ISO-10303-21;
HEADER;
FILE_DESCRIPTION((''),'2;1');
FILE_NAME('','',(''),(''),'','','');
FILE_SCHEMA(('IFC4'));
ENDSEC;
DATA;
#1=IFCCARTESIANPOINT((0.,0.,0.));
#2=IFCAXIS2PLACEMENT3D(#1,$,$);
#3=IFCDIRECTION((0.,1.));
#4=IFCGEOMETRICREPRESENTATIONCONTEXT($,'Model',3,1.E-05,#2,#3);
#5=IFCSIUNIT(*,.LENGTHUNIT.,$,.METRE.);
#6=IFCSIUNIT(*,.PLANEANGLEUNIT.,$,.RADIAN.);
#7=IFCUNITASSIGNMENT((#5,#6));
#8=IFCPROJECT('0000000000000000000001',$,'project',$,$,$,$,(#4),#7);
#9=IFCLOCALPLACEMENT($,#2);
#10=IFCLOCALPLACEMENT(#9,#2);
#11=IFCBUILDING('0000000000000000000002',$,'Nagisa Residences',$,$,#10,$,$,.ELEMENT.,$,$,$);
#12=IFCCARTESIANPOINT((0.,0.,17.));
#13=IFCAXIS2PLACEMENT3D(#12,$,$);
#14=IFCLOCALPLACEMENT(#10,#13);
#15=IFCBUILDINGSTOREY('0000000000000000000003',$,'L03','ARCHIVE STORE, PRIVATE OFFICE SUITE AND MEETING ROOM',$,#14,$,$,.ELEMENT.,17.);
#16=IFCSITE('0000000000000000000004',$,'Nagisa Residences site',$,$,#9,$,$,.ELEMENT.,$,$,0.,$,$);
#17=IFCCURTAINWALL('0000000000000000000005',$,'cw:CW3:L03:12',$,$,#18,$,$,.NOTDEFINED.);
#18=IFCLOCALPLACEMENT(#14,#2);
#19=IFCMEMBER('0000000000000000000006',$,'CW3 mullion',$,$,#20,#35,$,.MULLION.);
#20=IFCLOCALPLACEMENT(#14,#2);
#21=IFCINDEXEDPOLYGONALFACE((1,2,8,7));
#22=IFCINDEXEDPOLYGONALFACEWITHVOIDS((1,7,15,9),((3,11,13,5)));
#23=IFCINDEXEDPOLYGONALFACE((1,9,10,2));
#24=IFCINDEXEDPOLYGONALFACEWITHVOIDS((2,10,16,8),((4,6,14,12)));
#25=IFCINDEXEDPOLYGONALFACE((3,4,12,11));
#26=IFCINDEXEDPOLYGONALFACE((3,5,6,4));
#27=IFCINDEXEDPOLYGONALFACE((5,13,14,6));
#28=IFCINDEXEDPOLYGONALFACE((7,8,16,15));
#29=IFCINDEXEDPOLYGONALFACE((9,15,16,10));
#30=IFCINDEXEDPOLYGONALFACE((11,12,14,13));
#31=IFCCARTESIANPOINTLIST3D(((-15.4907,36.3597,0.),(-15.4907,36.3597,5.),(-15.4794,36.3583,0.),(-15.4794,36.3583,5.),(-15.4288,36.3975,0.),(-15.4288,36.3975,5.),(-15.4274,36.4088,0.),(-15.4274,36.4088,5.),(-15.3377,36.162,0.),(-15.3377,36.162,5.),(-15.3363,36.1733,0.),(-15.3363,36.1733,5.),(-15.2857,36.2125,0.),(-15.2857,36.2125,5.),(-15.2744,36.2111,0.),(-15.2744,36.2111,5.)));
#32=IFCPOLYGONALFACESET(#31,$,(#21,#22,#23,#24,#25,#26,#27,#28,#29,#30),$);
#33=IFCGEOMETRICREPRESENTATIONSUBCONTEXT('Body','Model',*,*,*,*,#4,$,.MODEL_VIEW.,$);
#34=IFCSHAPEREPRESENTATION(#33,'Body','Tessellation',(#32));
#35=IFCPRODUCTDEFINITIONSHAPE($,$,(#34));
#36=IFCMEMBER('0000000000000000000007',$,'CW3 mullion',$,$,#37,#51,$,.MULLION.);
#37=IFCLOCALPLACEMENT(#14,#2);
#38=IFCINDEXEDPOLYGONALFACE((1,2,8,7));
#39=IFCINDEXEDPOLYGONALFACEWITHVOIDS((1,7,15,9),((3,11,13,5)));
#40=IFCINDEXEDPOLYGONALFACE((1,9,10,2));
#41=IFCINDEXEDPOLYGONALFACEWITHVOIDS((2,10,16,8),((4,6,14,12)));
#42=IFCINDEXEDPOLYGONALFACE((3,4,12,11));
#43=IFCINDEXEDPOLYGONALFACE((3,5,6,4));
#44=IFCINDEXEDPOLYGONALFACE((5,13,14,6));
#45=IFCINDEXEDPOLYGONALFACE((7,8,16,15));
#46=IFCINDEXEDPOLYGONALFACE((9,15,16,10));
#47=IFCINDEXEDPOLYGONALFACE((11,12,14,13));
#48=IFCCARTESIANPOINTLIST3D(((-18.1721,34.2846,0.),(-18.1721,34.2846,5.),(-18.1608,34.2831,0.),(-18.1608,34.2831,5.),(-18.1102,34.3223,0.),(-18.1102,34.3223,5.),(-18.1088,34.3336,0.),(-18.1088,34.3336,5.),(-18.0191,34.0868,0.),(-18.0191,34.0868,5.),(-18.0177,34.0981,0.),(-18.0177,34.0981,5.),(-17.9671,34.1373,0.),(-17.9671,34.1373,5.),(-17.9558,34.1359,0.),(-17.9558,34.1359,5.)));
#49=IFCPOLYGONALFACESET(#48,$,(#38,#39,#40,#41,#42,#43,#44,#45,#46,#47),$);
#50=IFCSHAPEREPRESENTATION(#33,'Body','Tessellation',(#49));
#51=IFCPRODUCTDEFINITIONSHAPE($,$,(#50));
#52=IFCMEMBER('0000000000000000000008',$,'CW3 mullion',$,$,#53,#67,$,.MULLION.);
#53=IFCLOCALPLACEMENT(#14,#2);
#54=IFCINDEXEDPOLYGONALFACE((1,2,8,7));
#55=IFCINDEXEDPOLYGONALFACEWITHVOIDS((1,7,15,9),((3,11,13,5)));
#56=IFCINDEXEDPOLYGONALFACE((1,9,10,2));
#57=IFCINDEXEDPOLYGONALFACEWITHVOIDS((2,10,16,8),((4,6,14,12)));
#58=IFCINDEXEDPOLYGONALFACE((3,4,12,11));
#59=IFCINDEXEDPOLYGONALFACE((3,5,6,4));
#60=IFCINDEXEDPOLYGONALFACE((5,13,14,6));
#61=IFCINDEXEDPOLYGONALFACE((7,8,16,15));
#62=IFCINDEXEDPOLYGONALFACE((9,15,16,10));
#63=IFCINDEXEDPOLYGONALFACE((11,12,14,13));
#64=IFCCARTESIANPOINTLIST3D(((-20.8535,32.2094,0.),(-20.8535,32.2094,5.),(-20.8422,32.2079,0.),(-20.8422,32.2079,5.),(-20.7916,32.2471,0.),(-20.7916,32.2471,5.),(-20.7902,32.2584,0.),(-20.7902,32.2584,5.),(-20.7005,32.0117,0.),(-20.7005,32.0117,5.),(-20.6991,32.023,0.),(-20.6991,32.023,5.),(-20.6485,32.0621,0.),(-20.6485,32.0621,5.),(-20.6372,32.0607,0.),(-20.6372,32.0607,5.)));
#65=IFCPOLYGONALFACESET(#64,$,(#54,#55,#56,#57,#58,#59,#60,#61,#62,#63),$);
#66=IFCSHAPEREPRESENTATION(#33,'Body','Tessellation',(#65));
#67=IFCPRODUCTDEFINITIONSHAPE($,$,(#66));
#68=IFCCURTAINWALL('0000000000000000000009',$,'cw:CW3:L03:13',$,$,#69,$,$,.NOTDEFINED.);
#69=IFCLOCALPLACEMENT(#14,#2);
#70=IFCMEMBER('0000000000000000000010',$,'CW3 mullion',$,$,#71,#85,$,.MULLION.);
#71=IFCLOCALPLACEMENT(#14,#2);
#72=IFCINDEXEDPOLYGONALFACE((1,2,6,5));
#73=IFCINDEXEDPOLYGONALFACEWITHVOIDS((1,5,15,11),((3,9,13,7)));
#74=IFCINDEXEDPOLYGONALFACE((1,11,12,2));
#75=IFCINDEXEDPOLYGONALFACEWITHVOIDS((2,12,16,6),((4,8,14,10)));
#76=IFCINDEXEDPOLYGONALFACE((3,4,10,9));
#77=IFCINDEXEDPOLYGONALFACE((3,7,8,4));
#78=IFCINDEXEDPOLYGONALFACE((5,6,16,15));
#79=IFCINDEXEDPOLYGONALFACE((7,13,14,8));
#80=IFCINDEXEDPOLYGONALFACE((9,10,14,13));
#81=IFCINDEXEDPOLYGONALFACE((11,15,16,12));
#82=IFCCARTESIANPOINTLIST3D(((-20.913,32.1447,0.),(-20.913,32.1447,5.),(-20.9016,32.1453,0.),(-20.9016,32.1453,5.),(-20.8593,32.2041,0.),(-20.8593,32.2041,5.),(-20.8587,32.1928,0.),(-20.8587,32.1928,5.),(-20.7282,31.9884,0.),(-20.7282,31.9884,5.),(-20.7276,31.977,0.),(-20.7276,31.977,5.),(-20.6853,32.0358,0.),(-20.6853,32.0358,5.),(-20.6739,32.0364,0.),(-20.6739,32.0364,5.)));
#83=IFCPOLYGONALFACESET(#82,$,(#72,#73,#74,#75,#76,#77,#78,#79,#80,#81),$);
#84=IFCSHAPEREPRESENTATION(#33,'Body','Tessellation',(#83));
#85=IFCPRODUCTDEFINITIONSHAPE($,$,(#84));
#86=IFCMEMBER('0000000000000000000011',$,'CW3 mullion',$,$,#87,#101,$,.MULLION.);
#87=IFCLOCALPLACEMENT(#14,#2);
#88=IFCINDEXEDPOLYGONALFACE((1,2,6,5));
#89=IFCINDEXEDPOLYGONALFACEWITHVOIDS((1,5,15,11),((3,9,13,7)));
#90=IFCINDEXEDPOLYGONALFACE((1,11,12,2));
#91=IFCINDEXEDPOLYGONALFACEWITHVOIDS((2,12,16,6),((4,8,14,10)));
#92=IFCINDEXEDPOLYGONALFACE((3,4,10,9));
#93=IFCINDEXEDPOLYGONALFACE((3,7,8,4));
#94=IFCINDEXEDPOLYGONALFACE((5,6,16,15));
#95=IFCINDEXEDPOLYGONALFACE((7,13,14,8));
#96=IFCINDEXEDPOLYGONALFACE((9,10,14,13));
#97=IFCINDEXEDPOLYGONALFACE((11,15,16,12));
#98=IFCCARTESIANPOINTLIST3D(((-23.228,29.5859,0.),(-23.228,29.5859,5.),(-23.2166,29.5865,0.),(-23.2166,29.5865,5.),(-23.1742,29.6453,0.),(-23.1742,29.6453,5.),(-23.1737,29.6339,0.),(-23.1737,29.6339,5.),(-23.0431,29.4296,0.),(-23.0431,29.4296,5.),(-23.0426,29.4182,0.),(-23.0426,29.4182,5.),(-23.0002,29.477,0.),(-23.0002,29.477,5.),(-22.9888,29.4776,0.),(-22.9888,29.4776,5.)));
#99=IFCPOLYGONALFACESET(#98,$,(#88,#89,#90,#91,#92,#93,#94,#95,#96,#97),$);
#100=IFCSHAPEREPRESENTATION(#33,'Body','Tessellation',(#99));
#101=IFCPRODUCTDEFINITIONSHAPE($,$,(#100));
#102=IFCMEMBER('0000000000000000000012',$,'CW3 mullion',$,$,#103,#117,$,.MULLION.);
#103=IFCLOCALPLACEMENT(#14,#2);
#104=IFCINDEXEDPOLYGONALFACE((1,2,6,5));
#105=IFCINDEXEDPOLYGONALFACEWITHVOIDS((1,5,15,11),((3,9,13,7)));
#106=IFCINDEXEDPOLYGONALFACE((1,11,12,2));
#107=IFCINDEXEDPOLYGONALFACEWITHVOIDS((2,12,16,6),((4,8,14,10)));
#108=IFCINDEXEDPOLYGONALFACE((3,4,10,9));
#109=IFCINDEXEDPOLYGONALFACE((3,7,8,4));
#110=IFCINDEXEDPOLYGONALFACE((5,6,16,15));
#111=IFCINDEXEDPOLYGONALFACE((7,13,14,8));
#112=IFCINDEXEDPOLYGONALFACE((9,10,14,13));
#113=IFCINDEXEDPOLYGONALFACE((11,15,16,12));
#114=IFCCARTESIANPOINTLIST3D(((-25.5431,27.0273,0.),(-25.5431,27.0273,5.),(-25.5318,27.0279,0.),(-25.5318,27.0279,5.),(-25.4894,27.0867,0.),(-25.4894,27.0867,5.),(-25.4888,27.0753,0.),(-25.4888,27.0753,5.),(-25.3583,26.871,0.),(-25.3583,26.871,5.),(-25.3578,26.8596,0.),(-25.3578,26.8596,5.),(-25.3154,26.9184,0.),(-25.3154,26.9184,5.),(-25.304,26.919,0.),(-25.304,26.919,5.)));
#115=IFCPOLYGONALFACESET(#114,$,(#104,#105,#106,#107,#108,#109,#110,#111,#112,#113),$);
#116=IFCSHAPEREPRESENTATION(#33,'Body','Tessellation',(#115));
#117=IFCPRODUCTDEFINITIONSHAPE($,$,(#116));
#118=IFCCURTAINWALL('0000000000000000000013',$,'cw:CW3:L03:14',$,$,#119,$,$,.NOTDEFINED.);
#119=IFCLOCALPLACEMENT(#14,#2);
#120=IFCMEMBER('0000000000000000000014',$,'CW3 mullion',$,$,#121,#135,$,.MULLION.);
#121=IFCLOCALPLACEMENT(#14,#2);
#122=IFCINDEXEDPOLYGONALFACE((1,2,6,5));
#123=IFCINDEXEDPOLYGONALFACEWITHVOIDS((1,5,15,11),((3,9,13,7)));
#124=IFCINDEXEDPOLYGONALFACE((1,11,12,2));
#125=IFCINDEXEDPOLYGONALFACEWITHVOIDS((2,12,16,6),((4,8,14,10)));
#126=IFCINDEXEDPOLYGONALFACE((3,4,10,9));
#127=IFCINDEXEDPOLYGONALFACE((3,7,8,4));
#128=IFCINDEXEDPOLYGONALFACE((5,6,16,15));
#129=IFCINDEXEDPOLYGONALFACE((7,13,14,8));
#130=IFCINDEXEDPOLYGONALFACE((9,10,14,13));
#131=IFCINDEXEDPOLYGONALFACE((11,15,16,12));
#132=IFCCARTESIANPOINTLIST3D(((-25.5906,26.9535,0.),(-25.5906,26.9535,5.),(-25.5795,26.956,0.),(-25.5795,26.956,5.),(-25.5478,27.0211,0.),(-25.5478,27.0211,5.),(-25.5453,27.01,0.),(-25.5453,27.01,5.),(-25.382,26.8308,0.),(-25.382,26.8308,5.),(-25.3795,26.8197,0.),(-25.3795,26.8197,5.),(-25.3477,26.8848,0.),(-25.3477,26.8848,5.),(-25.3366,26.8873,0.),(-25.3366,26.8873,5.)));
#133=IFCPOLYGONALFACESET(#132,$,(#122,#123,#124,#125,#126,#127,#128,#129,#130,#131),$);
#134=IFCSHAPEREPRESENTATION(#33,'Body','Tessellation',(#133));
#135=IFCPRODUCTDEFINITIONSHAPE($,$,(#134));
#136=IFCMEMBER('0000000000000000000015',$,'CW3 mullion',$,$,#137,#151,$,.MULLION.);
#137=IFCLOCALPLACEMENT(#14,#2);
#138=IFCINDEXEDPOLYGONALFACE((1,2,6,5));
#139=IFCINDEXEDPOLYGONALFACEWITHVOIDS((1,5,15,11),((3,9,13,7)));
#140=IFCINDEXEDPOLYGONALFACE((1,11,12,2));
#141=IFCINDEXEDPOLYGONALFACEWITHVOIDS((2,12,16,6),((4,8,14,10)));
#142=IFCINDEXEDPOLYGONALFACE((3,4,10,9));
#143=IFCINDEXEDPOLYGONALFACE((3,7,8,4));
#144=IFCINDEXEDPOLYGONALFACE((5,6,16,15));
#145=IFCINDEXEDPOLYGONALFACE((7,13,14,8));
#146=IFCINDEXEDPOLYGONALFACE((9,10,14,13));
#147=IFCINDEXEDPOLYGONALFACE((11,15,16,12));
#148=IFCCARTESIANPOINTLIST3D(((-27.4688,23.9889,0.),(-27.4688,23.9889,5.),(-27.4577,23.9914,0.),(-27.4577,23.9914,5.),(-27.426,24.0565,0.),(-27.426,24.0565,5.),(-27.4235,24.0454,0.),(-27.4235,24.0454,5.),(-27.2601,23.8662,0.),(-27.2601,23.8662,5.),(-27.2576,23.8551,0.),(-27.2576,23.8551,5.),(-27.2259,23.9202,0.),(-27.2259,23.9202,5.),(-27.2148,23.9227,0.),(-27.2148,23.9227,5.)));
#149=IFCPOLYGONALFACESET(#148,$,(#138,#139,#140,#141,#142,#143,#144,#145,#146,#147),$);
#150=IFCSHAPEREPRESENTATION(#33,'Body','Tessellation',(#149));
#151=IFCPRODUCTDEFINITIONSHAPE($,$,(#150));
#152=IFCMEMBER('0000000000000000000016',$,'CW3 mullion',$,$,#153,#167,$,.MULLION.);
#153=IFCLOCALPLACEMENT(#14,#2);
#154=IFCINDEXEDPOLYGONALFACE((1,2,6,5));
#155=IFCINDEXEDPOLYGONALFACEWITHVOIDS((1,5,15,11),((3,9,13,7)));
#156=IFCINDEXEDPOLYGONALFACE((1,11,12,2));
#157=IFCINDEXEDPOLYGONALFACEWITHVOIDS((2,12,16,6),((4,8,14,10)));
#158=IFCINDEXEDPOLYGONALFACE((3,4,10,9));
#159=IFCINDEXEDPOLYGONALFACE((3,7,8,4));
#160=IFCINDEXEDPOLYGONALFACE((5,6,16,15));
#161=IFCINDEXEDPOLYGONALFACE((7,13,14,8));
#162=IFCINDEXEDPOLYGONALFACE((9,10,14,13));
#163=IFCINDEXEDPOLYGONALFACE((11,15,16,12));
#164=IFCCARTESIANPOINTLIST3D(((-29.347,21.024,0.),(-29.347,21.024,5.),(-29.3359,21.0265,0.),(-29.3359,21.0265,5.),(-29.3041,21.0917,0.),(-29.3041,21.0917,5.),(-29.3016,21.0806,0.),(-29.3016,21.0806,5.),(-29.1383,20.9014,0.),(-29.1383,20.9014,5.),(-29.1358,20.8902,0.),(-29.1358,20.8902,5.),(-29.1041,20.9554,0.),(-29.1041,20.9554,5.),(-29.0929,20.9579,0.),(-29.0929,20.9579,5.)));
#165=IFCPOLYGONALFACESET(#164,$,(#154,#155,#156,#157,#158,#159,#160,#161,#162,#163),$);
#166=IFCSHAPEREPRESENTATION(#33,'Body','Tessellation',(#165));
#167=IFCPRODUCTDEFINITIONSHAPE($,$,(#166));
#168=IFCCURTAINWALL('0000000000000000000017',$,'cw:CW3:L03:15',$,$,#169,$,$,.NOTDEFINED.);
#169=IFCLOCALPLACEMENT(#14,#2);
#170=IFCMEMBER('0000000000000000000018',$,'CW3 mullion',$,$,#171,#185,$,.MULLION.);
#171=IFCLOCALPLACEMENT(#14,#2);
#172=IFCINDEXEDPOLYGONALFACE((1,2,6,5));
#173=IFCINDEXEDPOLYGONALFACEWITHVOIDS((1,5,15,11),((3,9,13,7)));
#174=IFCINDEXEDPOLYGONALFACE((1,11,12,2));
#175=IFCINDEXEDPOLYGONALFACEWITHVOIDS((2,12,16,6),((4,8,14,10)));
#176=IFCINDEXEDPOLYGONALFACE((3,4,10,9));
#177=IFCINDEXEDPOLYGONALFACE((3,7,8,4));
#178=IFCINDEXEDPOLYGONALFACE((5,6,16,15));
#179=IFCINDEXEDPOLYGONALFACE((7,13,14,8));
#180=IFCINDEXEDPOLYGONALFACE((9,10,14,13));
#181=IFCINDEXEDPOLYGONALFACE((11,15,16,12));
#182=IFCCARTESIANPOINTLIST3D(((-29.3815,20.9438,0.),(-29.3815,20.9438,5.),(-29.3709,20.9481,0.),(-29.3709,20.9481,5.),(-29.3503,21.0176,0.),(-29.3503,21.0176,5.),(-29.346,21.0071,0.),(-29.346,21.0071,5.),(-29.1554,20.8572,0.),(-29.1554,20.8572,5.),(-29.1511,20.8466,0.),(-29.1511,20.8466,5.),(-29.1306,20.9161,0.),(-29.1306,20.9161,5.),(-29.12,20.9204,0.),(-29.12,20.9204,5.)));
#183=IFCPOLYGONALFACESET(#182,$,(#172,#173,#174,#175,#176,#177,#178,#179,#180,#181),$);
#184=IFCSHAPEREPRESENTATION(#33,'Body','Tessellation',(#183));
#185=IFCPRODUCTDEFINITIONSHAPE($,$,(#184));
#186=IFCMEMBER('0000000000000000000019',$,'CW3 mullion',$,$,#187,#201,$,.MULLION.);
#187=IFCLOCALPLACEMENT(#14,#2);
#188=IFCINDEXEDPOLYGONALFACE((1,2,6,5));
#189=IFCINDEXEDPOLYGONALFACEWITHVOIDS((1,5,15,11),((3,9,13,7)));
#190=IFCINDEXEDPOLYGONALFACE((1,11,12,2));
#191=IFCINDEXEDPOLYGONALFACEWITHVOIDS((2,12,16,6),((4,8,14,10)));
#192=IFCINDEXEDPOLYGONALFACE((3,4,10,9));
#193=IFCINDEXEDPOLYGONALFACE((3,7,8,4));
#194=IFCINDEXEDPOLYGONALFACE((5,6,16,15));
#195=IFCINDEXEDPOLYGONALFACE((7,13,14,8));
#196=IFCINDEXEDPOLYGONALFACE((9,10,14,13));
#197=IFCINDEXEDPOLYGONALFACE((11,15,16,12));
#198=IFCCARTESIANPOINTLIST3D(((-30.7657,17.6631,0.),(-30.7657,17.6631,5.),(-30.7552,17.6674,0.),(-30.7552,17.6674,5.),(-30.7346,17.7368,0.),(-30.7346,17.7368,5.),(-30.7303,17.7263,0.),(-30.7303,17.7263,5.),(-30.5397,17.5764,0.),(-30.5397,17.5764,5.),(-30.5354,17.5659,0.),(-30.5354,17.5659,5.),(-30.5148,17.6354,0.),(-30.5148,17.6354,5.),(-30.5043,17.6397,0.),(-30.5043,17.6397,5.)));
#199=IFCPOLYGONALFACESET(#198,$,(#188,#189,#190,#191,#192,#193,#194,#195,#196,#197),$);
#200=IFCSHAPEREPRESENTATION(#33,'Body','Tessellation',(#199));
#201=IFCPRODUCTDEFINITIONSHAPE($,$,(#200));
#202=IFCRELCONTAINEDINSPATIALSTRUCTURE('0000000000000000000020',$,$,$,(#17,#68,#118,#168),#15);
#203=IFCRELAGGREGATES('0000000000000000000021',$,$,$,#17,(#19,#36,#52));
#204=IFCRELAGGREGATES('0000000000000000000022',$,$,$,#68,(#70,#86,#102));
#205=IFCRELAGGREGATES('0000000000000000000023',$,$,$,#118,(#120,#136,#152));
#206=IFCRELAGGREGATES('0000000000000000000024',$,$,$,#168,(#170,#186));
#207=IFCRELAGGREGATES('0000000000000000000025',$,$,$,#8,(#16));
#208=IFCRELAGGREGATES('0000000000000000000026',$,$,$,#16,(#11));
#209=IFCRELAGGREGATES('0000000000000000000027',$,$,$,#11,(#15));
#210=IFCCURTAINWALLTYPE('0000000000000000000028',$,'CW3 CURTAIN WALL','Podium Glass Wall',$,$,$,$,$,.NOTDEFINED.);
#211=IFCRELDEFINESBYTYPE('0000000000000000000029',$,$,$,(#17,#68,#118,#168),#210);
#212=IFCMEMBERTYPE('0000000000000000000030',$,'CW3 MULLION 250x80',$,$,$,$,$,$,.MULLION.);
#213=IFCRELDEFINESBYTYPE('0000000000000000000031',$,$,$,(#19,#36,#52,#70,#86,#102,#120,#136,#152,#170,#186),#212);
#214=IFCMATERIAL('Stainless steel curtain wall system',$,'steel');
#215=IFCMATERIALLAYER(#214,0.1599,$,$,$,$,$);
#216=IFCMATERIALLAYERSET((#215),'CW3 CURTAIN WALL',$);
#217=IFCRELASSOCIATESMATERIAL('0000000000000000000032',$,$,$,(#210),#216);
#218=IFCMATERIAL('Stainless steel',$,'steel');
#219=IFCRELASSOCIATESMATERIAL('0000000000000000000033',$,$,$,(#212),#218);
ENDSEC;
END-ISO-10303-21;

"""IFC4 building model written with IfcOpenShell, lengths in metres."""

from ifc_helpers import new_model, si_unit, direction, frame, origin, origin_2d, place, context, subcontext, project, spatial, hollow_rectangle, extrude, material, layer, layer_set, material_profile, profile_set, type_object, element, aggregate, save


model = new_model("IFC4")

# Units and contexts
model_context = context("Model", 3, precision=1e-05, world=origin(), true_north=direction((0.0, 1.0)))
body_context = subcontext(model_context, "Body", "Model", "MODEL_VIEW")
ifc_project = project(units=[si_unit("LENGTHUNIT", "METRE"), si_unit("PLANEANGLEUNIT", "RADIAN")], contexts=[model_context])

# Site, building, storey
site_placement = place(None, origin())
site = spatial("IfcSite", under=ifc_project, at=site_placement, Name="Nagisa Residences site", CompositionType="ELEMENT", RefElevation=0.0)
building_placement = place(site_placement, origin())
building = spatial("IfcBuilding", under=site, at=building_placement, Name="Nagisa Residences", CompositionType="ELEMENT")
storey_placement = place(building_placement, frame((0.0, 0.0, 17.0)))
storey = spatial("IfcBuildingStorey", under=building, at=storey_placement, Name="L03", Description="ARCHIVE STORE, PRIVATE OFFICE SUITE AND MEETING ROOM", CompositionType="ELEMENT", Elevation=17.0)

# Shared definitions
ifc_material_1 = material(Name="Stainless steel curtain wall system", Category="steel")
ifc_layer_1 = layer(ifc_material_1, 0.1599)
ifc_layer_set_1 = layer_set([ifc_layer_1], Name="CW3 CURTAIN WALL")
curtain_wall_type_1 = type_object("IfcCurtainWallType", Name="CW3 CURTAIN WALL", Description="Podium Glass Wall", PredefinedType="NOTDEFINED", material=ifc_layer_set_1)
ifc_material_2 = material(Name="Stainless steel", Category="steel")
ifc_material_profile_1 = material_profile(ifc_material_2, hollow_rectangle(XDim=0.25, YDim=0.0801, WallThickness=0.0081, at=origin_2d()), Name="CW3 MULLION 250x80")
ifc_profile_set_1 = profile_set([ifc_material_profile_1], Name="Stainless steel")
member_type_1 = type_object("IfcMemberType", Name="CW3 MULLION 250x80", PredefinedType="MULLION", material=ifc_profile_set_1)

# Curtain walls, members
curtain_wall_1_placement = place(storey_placement, origin())
curtain_wall_1 = element("IfcCurtainWall", 1, at=curtain_wall_1_placement, inside=storey, type_object=curtain_wall_type_1, Name="cw:CW3:L03:12", PredefinedType="NOTDEFINED")
member_1_placement = place(storey_placement, frame((-15.3826, 36.2854, 0.0), z_axis=(0.0, 0.0, 1.0), x_axis=(0.612035, -0.790831, 0.0)))
member_1 = element("IfcMember", 2, at=member_1_placement, type_object=member_type_1, Name="CW3 mullion", PredefinedType="MULLION", context=body_context, shape_type="SweptSolid", body=[
    extrude(hollow_rectangle(XDim=0.25, YDim=0.0801, WallThickness=0.0081, at=origin_2d()), origin(), (0.0, 0.0, 1.0), 5.0),
])
member_2_placement = place(storey_placement, frame((-18.064, 34.2102, 0.0), z_axis=(0.0, 0.0, 1.0), x_axis=(0.612035, -0.790831, 0.0)))
member_2 = element("IfcMember", 3, at=member_2_placement, type_object=member_type_1, Name="CW3 mullion", PredefinedType="MULLION", context=body_context, shape_type="SweptSolid", body=[
    extrude(hollow_rectangle(XDim=0.25, YDim=0.0801, WallThickness=0.0081, at=origin_2d()), origin(), (0.0, 0.0, 1.0), 5.0),
])
member_3_placement = place(storey_placement, frame((-20.7454, 32.135, 0.0), z_axis=(0.0, 0.0, 1.0), x_axis=(0.612035, -0.790831, 0.0)))
member_3 = element("IfcMember", 4, at=member_3_placement, type_object=member_type_1, Name="CW3 mullion", PredefinedType="MULLION", context=body_context, shape_type="SweptSolid", body=[
    extrude(hollow_rectangle(XDim=0.25, YDim=0.0801, WallThickness=0.0081, at=origin_2d()), origin(), (0.0, 0.0, 1.0), 5.0),
])
curtain_wall_2_placement = place(storey_placement, origin())
curtain_wall_2 = element("IfcCurtainWall", 5, at=curtain_wall_2_placement, inside=storey, type_object=curtain_wall_type_1, Name="cw:CW3:L03:13", PredefinedType="NOTDEFINED")
member_4_placement = place(storey_placement, frame((-20.7935, 32.0906, 0.0), z_axis=(0.0, 0.0, 1.0), x_axis=(0.741536, -0.670913, 0.0)))
member_4 = element("IfcMember", 6, at=member_4_placement, type_object=member_type_1, Name="CW3 mullion", PredefinedType="MULLION", context=body_context, shape_type="SweptSolid", body=[
    extrude(hollow_rectangle(XDim=0.25, YDim=0.0801, WallThickness=0.0081, at=origin_2d()), origin(), (0.0, 0.0, 1.0), 5.0),
])
member_5_placement = place(storey_placement, frame((-23.1084, 29.5317, 0.0), z_axis=(0.0, 0.0, 1.0), x_axis=(0.741536, -0.670913, 0.0)))
member_5 = element("IfcMember", 7, at=member_5_placement, type_object=member_type_1, Name="CW3 mullion", PredefinedType="MULLION", context=body_context, shape_type="SweptSolid", body=[
    extrude(hollow_rectangle(XDim=0.25, YDim=0.0801, WallThickness=0.0081, at=origin_2d()), origin(), (0.0, 0.0, 1.0), 5.0),
])
member_6_placement = place(storey_placement, frame((-25.4236, 26.9731, 0.0), z_axis=(0.0, 0.0, 1.0), x_axis=(0.741536, -0.670913, 0.0)))
member_6 = element("IfcMember", 8, at=member_6_placement, type_object=member_type_1, Name="CW3 mullion", PredefinedType="MULLION", context=body_context, shape_type="SweptSolid", body=[
    extrude(hollow_rectangle(XDim=0.25, YDim=0.0801, WallThickness=0.0081, at=origin_2d()), origin(), (0.0, 0.0, 1.0), 5.0),
])
curtain_wall_3_placement = place(storey_placement, origin())
curtain_wall_3 = element("IfcCurtainWall", 9, at=curtain_wall_3_placement, inside=storey, type_object=curtain_wall_type_1, Name="cw:CW3:L03:14", PredefinedType="NOTDEFINED")
member_7_placement = place(storey_placement, frame((-25.4636, 26.9204, 0.0), z_axis=(0.0, 0.0, 1.0), x_axis=(0.844747, -0.535165, 0.0)))
member_7 = element("IfcMember", 10, at=member_7_placement, type_object=member_type_1, Name="CW3 mullion", PredefinedType="MULLION", context=body_context, shape_type="SweptSolid", body=[
    extrude(hollow_rectangle(XDim=0.25, YDim=0.0801, WallThickness=0.0081, at=origin_2d()), origin(), (0.0, 0.0, 1.0), 5.0),
])
member_8_placement = place(storey_placement, frame((-27.3418, 23.9558, 0.0), z_axis=(0.0, 0.0, 1.0), x_axis=(0.844747, -0.535165, 0.0)))
member_8 = element("IfcMember", 11, at=member_8_placement, type_object=member_type_1, Name="CW3 mullion", PredefinedType="MULLION", context=body_context, shape_type="SweptSolid", body=[
    extrude(hollow_rectangle(XDim=0.25, YDim=0.0801, WallThickness=0.0081, at=origin_2d()), origin(), (0.0, 0.0, 1.0), 5.0),
])
member_9_placement = place(storey_placement, frame((-29.22, 20.991, 0.0), z_axis=(0.0, 0.0, 1.0), x_axis=(0.844747, -0.535165, 0.0)))
member_9 = element("IfcMember", 12, at=member_9_placement, type_object=member_type_1, Name="CW3 mullion", PredefinedType="MULLION", context=body_context, shape_type="SweptSolid", body=[
    extrude(hollow_rectangle(XDim=0.25, YDim=0.0801, WallThickness=0.0081, at=origin_2d()), origin(), (0.0, 0.0, 1.0), 5.0),
])
curtain_wall_4_placement = place(storey_placement, origin())
curtain_wall_4 = element("IfcCurtainWall", 13, at=curtain_wall_4_placement, inside=storey, type_object=curtain_wall_type_1, Name="cw:CW3:L03:15", PredefinedType="NOTDEFINED")
member_10_placement = place(storey_placement, frame((-29.2507, 20.9321, 0.0), z_axis=(0.0, 0.0, 1.0), x_axis=(0.921357, -0.388718, 0.0)))
member_10 = element("IfcMember", 14, at=member_10_placement, type_object=member_type_1, Name="CW3 mullion", PredefinedType="MULLION", context=body_context, shape_type="SweptSolid", body=[
    extrude(hollow_rectangle(XDim=0.25, YDim=0.0801, WallThickness=0.0081, at=origin_2d()), origin(), (0.0, 0.0, 1.0), 5.0),
])
member_11_placement = place(storey_placement, frame((-30.635, 17.6514, 0.0), z_axis=(0.0, 0.0, 1.0), x_axis=(0.921357, -0.388718, 0.0)))
member_11 = element("IfcMember", 15, at=member_11_placement, type_object=member_type_1, Name="CW3 mullion", PredefinedType="MULLION", context=body_context, shape_type="SweptSolid", body=[
    extrude(hollow_rectangle(XDim=0.25, YDim=0.0801, WallThickness=0.0081, at=origin_2d()), origin(), (0.0, 0.0, 1.0), 5.0),
])

aggregate(curtain_wall_1, [member_1, member_2, member_3])
aggregate(curtain_wall_2, [member_4, member_5, member_6])
aggregate(curtain_wall_3, [member_7, member_8, member_9])
aggregate(curtain_wall_4, [member_10, member_11])

save(model, "model.ifc")
